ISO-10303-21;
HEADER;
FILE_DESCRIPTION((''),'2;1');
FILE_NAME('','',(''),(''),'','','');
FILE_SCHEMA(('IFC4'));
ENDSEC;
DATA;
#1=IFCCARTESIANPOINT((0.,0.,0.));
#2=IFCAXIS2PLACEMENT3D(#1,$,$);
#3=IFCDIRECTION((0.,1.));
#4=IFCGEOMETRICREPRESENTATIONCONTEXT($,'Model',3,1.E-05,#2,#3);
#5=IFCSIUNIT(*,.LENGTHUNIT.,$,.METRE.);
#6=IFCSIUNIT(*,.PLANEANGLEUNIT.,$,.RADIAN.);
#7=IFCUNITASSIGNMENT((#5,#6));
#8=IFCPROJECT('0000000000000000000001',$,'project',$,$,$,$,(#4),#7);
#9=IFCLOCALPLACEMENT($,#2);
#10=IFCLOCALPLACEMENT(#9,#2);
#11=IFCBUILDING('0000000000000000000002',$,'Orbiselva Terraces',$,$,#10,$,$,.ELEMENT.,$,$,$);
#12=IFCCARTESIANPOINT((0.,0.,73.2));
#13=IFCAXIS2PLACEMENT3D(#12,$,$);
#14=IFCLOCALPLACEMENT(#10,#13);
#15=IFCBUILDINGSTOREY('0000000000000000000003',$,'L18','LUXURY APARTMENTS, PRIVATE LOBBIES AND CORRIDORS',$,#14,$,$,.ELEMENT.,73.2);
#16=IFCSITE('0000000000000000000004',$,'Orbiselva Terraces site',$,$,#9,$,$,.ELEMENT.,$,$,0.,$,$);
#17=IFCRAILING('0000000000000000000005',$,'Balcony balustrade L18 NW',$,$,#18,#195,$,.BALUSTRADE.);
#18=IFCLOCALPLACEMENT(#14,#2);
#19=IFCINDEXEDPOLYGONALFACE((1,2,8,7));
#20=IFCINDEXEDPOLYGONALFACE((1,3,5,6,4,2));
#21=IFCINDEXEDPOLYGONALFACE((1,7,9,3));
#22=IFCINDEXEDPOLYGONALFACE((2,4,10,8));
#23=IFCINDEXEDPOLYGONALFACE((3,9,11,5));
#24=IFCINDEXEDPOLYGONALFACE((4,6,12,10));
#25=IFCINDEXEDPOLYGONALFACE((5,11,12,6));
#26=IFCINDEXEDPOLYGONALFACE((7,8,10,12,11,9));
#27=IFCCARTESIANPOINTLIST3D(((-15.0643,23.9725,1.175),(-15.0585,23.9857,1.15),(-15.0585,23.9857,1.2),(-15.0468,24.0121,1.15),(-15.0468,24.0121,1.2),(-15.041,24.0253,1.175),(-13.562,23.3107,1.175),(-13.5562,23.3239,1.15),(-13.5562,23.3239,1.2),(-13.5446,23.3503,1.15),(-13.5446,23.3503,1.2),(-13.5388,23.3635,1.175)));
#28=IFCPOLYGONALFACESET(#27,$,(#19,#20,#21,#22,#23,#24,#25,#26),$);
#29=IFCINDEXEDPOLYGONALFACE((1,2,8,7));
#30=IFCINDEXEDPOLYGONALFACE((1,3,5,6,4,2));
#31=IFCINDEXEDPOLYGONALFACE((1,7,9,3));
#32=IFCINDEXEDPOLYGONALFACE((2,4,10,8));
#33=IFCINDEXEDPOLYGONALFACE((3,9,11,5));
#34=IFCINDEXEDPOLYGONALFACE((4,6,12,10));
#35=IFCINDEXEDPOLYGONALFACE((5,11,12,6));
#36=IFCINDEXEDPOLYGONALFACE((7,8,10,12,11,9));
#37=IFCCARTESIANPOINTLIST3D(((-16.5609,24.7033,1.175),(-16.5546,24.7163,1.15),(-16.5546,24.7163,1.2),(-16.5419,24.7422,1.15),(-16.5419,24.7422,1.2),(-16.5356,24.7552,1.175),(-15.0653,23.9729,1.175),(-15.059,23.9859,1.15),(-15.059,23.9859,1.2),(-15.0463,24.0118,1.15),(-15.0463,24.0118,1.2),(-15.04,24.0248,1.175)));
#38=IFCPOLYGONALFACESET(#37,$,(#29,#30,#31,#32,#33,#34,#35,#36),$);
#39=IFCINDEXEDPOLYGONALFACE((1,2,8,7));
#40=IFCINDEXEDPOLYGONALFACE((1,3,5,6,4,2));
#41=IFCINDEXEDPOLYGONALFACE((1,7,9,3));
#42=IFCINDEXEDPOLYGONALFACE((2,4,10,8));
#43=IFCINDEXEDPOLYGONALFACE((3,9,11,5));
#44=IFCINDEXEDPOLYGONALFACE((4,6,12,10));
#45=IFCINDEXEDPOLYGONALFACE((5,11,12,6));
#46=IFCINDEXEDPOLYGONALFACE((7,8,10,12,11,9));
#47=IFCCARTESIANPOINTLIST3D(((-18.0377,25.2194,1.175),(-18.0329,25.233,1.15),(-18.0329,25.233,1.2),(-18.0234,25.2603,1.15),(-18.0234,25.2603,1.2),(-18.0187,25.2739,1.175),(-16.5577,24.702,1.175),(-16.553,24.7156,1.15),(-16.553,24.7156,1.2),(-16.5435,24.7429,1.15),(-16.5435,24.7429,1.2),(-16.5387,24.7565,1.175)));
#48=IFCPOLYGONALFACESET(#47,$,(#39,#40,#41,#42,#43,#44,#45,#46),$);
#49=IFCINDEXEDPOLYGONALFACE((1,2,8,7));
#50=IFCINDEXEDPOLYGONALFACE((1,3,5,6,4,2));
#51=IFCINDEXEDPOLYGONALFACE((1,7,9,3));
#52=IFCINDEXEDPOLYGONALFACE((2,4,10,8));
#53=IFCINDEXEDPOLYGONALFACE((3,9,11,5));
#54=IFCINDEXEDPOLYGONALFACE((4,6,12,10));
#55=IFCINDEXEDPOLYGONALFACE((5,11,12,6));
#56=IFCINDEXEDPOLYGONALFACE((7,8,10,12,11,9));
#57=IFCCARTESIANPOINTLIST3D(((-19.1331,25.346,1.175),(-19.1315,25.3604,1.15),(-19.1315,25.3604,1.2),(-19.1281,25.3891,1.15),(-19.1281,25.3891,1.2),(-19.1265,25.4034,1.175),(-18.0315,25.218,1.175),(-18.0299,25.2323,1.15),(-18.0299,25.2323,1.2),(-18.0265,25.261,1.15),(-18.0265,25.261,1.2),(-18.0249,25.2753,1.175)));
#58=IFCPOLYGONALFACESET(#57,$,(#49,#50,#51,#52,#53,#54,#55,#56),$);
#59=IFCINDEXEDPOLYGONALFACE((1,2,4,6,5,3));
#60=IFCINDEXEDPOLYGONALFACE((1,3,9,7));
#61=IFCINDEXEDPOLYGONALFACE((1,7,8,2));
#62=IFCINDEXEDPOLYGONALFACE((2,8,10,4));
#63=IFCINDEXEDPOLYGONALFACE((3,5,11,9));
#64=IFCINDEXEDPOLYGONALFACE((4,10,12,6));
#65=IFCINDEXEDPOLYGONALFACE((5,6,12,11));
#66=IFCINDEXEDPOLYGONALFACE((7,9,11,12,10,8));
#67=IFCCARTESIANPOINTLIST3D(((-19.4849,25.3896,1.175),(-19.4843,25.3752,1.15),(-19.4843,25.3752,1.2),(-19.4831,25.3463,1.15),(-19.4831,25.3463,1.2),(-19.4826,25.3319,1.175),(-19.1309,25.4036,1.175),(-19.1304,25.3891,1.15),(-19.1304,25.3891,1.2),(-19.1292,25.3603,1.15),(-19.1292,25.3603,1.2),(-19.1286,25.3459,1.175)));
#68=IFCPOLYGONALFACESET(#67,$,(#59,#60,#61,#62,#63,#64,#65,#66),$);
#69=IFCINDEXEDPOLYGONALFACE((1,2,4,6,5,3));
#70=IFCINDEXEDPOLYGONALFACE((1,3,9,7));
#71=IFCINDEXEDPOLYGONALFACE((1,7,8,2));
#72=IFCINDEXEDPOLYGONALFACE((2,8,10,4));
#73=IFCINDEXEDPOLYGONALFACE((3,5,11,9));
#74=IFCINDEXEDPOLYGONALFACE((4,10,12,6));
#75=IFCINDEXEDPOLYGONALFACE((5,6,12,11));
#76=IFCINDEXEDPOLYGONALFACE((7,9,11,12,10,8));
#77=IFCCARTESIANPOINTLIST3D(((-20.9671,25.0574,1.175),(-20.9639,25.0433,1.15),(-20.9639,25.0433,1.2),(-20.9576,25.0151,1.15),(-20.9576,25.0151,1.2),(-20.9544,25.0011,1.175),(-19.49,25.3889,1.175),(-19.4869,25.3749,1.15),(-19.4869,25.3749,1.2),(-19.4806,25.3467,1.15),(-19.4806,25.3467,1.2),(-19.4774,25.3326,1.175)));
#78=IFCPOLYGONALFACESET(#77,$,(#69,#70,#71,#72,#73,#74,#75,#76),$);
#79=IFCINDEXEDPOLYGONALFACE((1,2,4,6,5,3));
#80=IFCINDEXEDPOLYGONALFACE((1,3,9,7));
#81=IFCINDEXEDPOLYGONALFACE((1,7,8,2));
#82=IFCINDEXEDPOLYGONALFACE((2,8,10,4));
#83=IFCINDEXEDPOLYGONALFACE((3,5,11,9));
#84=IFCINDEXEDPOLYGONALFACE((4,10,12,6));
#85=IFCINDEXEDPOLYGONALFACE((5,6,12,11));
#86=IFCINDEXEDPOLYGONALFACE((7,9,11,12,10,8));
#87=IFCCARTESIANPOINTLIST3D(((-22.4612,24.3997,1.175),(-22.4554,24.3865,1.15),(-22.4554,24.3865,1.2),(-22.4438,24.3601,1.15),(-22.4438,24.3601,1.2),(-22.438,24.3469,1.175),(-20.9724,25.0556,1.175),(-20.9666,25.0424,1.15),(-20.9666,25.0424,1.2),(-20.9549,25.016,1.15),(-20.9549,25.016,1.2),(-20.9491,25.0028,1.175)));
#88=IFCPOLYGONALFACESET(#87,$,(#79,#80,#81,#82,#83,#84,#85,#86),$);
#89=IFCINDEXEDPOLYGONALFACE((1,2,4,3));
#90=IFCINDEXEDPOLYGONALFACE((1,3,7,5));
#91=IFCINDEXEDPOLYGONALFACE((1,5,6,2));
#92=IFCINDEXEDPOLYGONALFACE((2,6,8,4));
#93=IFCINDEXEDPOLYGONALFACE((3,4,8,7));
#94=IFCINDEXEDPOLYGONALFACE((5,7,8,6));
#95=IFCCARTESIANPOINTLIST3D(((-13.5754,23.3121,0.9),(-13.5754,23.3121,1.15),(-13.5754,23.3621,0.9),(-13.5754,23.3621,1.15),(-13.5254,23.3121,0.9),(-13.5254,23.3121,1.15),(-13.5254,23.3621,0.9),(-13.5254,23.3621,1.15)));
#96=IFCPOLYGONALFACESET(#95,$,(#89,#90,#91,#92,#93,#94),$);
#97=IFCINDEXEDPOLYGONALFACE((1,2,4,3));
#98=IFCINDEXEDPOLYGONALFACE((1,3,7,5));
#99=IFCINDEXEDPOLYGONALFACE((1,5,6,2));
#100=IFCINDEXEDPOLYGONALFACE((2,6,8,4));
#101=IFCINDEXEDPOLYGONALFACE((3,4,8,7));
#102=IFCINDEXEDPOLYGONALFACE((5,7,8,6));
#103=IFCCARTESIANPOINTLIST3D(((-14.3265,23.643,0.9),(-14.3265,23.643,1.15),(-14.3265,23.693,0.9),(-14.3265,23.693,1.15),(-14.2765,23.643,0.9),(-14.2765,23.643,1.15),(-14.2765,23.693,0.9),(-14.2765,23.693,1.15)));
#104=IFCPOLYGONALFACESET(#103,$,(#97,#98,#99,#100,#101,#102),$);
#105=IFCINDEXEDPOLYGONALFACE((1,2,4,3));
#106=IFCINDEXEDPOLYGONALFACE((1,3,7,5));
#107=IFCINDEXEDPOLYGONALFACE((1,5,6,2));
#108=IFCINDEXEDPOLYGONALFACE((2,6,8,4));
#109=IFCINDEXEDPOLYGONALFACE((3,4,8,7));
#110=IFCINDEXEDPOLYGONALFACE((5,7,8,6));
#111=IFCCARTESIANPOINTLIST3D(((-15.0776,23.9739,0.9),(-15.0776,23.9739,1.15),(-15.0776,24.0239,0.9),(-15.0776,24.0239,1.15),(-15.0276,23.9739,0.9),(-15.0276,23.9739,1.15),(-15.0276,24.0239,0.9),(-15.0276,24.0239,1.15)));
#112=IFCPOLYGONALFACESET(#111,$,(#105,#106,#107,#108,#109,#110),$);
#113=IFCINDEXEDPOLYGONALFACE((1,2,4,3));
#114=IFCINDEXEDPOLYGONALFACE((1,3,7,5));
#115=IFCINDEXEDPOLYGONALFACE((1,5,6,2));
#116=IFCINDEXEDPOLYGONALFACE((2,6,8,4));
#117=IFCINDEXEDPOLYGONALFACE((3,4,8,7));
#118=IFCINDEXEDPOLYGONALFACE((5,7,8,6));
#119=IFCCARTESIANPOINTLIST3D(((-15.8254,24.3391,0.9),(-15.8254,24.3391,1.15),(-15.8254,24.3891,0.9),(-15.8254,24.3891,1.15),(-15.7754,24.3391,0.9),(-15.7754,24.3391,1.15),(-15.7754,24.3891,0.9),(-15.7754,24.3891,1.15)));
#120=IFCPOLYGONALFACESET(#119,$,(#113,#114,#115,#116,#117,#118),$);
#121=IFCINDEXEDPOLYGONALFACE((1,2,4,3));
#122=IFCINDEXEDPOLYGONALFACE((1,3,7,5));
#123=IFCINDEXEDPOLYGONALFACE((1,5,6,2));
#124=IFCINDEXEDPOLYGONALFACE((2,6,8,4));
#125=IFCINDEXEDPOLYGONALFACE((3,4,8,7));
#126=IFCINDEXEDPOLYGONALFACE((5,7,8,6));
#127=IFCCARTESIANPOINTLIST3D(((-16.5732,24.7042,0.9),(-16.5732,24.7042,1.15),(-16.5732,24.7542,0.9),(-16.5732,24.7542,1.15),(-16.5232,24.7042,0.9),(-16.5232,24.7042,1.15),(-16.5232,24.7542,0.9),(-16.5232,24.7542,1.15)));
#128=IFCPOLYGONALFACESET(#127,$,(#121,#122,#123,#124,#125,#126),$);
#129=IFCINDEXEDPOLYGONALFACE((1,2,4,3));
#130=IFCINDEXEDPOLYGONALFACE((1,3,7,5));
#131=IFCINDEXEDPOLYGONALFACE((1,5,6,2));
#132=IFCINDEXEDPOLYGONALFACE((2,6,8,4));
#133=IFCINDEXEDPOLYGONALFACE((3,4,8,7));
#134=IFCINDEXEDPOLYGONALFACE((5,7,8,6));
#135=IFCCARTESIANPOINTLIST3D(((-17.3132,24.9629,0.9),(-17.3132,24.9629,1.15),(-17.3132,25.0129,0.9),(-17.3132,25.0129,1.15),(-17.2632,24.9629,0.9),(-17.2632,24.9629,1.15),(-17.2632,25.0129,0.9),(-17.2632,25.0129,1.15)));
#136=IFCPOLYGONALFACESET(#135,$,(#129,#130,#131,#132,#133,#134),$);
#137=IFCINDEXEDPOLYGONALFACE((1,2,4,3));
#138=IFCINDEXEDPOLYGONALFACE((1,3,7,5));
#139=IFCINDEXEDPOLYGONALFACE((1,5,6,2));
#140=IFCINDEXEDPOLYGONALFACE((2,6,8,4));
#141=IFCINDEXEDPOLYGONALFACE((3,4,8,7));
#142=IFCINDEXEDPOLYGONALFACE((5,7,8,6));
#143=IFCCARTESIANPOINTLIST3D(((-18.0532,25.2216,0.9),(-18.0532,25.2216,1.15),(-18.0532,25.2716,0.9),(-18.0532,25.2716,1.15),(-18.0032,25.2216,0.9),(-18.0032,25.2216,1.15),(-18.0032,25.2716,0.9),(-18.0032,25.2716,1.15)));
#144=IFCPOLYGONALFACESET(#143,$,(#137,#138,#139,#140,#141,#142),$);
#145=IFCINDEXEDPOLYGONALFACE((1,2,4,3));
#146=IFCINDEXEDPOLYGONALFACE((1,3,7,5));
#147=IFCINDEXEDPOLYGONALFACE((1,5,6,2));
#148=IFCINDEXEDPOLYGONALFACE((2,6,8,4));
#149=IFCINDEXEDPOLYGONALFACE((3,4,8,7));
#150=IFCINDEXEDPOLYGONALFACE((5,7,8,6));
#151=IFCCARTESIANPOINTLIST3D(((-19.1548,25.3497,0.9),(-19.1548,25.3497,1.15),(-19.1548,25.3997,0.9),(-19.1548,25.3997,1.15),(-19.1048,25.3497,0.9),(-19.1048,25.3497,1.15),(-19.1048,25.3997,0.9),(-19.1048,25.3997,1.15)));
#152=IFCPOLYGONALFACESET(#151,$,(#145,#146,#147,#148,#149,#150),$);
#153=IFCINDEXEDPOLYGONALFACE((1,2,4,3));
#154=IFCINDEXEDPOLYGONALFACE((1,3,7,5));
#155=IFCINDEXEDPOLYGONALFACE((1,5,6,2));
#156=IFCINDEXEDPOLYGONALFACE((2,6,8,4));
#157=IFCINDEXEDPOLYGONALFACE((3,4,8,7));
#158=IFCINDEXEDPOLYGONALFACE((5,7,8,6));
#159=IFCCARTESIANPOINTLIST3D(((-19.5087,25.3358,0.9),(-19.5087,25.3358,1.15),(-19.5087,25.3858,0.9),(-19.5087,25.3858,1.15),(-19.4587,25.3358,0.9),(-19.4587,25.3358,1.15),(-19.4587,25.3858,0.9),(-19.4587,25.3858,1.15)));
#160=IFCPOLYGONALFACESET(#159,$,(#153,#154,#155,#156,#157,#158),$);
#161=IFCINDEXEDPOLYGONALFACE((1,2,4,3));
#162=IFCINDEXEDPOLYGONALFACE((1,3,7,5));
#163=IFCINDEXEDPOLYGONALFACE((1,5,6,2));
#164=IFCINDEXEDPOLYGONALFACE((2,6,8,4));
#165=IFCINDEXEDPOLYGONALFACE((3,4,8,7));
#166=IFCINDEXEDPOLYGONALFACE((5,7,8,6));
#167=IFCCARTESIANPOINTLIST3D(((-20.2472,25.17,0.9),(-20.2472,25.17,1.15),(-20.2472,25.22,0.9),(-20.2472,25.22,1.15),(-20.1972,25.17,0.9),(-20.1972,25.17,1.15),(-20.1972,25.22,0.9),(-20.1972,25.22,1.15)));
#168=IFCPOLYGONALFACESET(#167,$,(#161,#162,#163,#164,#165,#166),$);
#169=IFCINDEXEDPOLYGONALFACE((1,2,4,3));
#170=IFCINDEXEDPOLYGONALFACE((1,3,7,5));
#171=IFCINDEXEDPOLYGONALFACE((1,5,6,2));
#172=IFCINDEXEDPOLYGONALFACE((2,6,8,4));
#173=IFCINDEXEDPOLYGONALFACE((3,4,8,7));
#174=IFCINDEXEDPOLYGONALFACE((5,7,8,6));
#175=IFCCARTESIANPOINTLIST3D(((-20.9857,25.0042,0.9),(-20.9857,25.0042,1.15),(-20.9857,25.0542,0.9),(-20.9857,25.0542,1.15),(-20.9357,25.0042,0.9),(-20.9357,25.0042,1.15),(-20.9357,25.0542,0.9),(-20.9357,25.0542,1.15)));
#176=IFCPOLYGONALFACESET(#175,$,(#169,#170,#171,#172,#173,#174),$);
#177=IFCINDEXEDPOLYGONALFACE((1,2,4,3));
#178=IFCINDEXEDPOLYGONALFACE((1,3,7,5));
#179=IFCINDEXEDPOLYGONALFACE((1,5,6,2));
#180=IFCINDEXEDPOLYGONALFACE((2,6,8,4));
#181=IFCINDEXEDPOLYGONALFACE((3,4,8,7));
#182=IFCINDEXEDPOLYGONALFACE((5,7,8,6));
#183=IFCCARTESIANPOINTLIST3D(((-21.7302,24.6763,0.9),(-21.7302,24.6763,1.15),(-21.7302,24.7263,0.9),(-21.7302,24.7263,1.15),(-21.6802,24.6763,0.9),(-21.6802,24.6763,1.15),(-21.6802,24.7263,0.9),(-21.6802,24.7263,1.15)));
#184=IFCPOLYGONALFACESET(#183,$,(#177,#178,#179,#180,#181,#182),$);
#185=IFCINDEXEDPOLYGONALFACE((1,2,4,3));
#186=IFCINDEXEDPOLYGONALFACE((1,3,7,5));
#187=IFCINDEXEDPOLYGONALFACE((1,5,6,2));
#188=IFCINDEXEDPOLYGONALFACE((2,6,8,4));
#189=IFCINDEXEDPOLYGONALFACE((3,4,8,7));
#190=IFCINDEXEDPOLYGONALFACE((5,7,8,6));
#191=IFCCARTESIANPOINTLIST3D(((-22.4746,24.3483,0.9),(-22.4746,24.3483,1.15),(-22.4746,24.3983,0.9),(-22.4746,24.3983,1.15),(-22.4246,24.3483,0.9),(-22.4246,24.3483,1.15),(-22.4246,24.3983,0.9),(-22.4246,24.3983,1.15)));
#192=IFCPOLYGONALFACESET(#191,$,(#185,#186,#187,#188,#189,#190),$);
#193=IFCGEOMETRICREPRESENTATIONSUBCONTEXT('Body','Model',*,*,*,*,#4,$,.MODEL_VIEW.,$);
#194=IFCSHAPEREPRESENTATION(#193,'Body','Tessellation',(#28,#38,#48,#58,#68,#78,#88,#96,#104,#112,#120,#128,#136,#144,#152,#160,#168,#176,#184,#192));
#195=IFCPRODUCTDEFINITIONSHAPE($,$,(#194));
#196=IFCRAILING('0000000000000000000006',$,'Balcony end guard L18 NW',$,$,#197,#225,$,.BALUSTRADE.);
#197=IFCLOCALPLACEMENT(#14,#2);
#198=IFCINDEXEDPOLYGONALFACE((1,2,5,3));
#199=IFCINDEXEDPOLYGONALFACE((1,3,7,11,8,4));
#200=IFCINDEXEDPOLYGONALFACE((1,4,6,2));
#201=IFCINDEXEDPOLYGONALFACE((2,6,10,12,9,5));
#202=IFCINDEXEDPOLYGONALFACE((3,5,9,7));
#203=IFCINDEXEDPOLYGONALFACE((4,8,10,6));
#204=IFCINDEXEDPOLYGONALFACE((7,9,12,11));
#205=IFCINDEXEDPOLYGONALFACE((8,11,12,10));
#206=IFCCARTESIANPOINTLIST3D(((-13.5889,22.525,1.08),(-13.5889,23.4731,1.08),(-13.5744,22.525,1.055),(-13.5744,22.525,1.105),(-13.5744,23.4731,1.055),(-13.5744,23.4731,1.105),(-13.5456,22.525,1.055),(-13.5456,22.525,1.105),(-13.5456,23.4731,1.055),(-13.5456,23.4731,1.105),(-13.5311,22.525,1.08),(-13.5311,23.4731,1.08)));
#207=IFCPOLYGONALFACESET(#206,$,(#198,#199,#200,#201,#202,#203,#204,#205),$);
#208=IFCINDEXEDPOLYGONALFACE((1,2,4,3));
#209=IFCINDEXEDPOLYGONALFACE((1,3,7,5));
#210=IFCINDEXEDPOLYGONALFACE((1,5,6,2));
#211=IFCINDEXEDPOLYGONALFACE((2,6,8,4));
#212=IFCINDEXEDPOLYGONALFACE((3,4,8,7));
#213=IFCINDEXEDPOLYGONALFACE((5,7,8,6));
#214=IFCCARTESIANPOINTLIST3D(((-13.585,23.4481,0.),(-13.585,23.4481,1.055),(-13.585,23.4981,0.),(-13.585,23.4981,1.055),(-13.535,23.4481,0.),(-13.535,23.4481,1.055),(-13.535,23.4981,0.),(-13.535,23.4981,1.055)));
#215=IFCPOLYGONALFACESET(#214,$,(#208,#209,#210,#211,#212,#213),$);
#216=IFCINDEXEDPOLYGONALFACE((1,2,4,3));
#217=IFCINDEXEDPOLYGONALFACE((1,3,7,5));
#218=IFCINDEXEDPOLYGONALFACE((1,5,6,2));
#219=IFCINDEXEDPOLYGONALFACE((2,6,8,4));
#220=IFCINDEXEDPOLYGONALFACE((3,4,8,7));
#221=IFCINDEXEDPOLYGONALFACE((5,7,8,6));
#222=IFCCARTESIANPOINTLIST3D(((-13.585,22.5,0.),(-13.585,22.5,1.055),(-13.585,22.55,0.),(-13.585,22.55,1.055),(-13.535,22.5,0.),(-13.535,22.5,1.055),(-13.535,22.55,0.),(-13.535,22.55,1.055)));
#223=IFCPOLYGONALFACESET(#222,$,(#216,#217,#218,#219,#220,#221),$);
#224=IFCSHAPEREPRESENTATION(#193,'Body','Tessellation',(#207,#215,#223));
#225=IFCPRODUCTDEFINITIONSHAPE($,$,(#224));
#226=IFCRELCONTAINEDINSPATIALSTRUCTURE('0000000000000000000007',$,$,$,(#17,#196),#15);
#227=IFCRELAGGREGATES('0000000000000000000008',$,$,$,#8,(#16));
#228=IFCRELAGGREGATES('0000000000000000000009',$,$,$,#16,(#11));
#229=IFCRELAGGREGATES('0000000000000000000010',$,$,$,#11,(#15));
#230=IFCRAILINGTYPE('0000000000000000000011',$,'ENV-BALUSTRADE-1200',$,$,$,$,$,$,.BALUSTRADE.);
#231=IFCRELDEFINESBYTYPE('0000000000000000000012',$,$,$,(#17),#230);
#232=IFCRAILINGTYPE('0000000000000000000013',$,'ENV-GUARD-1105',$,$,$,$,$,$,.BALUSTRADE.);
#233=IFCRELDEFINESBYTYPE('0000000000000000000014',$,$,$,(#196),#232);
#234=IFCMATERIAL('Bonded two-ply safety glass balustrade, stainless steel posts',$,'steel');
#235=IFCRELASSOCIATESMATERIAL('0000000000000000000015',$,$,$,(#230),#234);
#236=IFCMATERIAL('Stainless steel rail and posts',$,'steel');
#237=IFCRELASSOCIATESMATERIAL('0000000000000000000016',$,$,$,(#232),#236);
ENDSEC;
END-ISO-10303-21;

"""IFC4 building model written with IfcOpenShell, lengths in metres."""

from ifc_helpers import new_model, si_unit, direction, frame, origin, origin_2d, place, context, subcontext, project, spatial, polyline, rectangle, outline, extrude, material, type_object, element, save


model = new_model("IFC4")

# Units and contexts
model_context = context("Model", 3, precision=1e-05, world=origin(), true_north=direction((0.0, 1.0)))
body_context = subcontext(model_context, "Body", "Model", "MODEL_VIEW")
ifc_project = project(units=[si_unit("LENGTHUNIT", "METRE"), si_unit("PLANEANGLEUNIT", "RADIAN")], contexts=[model_context])

# Site, building, storey
site_placement = place(None, origin())
site = spatial("IfcSite", under=ifc_project, at=site_placement, Name="Orbiselva Terraces site", CompositionType="ELEMENT", RefElevation=0.0)
building_placement = place(site_placement, origin())
building = spatial("IfcBuilding", under=site, at=building_placement, Name="Orbiselva Terraces", CompositionType="ELEMENT")
storey_placement = place(building_placement, frame((0.0, 0.0, 73.2)))
storey = spatial("IfcBuildingStorey", under=building, at=storey_placement, Name="L18", Description="LUXURY APARTMENTS, PRIVATE LOBBIES AND CORRIDORS", CompositionType="ELEMENT", Elevation=73.2)

# Railings
ifc_material_1 = material(Name="Bonded two-ply safety glass balustrade, stainless steel posts", Category="steel")
railing_type_1 = type_object("IfcRailingType", Name="ENV-BALUSTRADE-1200", PredefinedType="BALUSTRADE", material=ifc_material_1)
railing_1_placement = place(storey_placement, frame((-13.5504, 23.3371, 0.9)))
element("IfcRailing", 1, at=railing_1_placement, inside=storey, type_object=railing_type_1, Name="Balcony balustrade L18 NW", PredefinedType="BALUSTRADE", context=body_context, shape_type="SweptSolid", body=[
    extrude(outline(polyline([(0.0289, 0.0), (0.0144, 0.025), (-0.0144, 0.025), (-0.0289, 0.0), (-0.0144, -0.025), (0.0144, -0.025), (0.0289, 0.0)])), frame((0.0, 0.0, 0.275), z_axis=(-0.915133, 0.403151, 0.0), x_axis=(-0.403151, -0.915133, 0.0)), (0.0, 0.0, 1.0), 1.6416),
    extrude(outline(polyline([(0.0289, 0.0), (0.0144, 0.025), (-0.0144, 0.025), (-0.0289, 0.0), (-0.0144, -0.025), (0.0144, -0.025), (0.0289, 0.0)])), frame((-1.5022, 0.6618, 0.275), z_axis=(-0.898579, 0.438812, 0.0), x_axis=(-0.438812, -0.898579, 0.0)), (0.0, 0.0, 1.0), 1.6644),
    extrude(outline(polyline([(0.0289, 0.0), (0.0144, 0.025), (-0.0144, 0.025), (-0.0289, 0.0), (-0.0144, -0.025), (0.0144, -0.025), (0.0289, 0.0)])), frame((-2.9978, 1.3921, 0.275), z_axis=(-0.943972, 0.330025, 0.0), x_axis=(-0.330025, -0.943972, 0.0)), (0.0, 0.0, 1.0), 1.5678),
    extrude(outline(polyline([(0.0289, 0.0), (0.0144, 0.025), (-0.0144, 0.025), (-0.0289, 0.0), (-0.0144, -0.025), (0.0144, -0.025), (0.0289, 0.0)])), frame((-4.4778, 1.9096, 0.275), z_axis=(-0.99331, 0.115481, 0.0), x_axis=(-0.115481, -0.99331, 0.0)), (0.0, 0.0, 1.0), 1.109),
    extrude(outline(polyline([(0.0289, 0.0), (0.0144, 0.025), (-0.0144, 0.025), (-0.0289, 0.0), (-0.0144, -0.025), (0.0144, -0.025), (0.0289, 0.0)])), frame((-5.5794, 2.0376, 0.275), z_axis=(-0.999225, -0.039364, 0.0), x_axis=(0.039364, -0.999225, 0.0)), (0.0, 0.0, 1.0), 0.3542),
    extrude(outline(polyline([(0.0289, 0.0), (0.0144, 0.025), (-0.0144, 0.025), (-0.0289, 0.0), (-0.0144, -0.025), (0.0144, -0.025), (0.0289, 0.0)])), frame((-5.9333, 2.0237, 0.275), z_axis=(-0.975721, -0.219016, 0.0), x_axis=(0.219016, -0.975721, 0.0)), (0.0, 0.0, 1.0), 1.5138),
    extrude(outline(polyline([(0.0289, 0.0), (0.0144, 0.025), (-0.0144, 0.025), (-0.0289, 0.0), (-0.0144, -0.025), (0.0144, -0.025), (0.0289, 0.0)])), frame((-7.4104, 1.6921, 0.275), z_axis=(-0.915133, -0.403151, 0.0), x_axis=(0.403151, -0.915133, 0.0)), (0.0, 0.0, 1.0), 1.6269),
    extrude(rectangle(XDim=0.05, YDim=0.05, at=origin_2d()), origin(), (0.0, 0.0, 1.0), 0.25),
    extrude(rectangle(XDim=0.05, YDim=0.05, at=origin_2d()), frame((-0.7511, 0.3309, 0.0)), (0.0, 0.0, 1.0), 0.25),
    extrude(rectangle(XDim=0.05, YDim=0.05, at=origin_2d()), frame((-1.5022, 0.6618, 0.0)), (0.0, 0.0, 1.0), 0.25),
    extrude(rectangle(XDim=0.05, YDim=0.05, at=origin_2d()), frame((-2.25, 1.027, 0.0)), (0.0, 0.0, 1.0), 0.25),
    extrude(rectangle(XDim=0.05, YDim=0.05, at=origin_2d()), frame((-2.9978, 1.3921, 0.0)), (0.0, 0.0, 1.0), 0.25),
    extrude(rectangle(XDim=0.05, YDim=0.05, at=origin_2d()), frame((-3.7378, 1.6509, 0.0)), (0.0, 0.0, 1.0), 0.25),
    extrude(rectangle(XDim=0.05, YDim=0.05, at=origin_2d()), frame((-4.4778, 1.9096, 0.0)), (0.0, 0.0, 1.0), 0.25),
    extrude(rectangle(XDim=0.05, YDim=0.05, at=origin_2d()), frame((-5.5794, 2.0376, 0.0)), (0.0, 0.0, 1.0), 0.25),
    extrude(rectangle(XDim=0.05, YDim=0.05, at=origin_2d()), frame((-5.9333, 2.0237, 0.0)), (0.0, 0.0, 1.0), 0.25),
    extrude(rectangle(XDim=0.05, YDim=0.05, at=origin_2d()), frame((-6.6718, 1.8579, 0.0)), (0.0, 0.0, 1.0), 0.25),
    extrude(rectangle(XDim=0.05, YDim=0.05, at=origin_2d()), frame((-7.4104, 1.6921, 0.0)), (0.0, 0.0, 1.0), 0.25),
    extrude(rectangle(XDim=0.05, YDim=0.05, at=origin_2d()), frame((-8.1548, 1.3642, 0.0)), (0.0, 0.0, 1.0), 0.25),
    extrude(rectangle(XDim=0.05, YDim=0.05, at=origin_2d()), frame((-8.8992, 1.0362, 0.0)), (0.0, 0.0, 1.0), 0.25),
])
ifc_material_2 = material(Name="Stainless steel rail and posts", Category="steel")
railing_type_2 = type_object("IfcRailingType", Name="ENV-GUARD-1105", PredefinedType="BALUSTRADE", material=ifc_material_2)
railing_2_placement = place(storey_placement, frame((-13.56, 23.4731, 0.0)))
element("IfcRailing", 2, at=railing_2_placement, inside=storey, type_object=railing_type_2, Name="Balcony end guard L18 NW", PredefinedType="BALUSTRADE", context=body_context, shape_type="SweptSolid", body=[
    extrude(outline(polyline([(0.0289, 0.0), (0.0144, 0.025), (-0.0144, 0.025), (-0.0289, 0.0), (-0.0144, -0.025), (0.0144, -0.025), (0.0289, 0.0)])), frame((0.0, 0.0, 1.08), z_axis=(0.0, -1.0, 0.0), x_axis=(1.0, 0.0, 0.0)), (0.0, 0.0, 1.0), 0.9481),
    extrude(rectangle(XDim=0.05, YDim=0.05, at=origin_2d()), origin(), (0.0, 0.0, 1.0), 1.055),
    extrude(rectangle(XDim=0.05, YDim=0.05, at=origin_2d()), frame((0.0, -0.9481, 0.0)), (0.0, 0.0, 1.0), 1.055),
])

save(model, "model.ifc")
